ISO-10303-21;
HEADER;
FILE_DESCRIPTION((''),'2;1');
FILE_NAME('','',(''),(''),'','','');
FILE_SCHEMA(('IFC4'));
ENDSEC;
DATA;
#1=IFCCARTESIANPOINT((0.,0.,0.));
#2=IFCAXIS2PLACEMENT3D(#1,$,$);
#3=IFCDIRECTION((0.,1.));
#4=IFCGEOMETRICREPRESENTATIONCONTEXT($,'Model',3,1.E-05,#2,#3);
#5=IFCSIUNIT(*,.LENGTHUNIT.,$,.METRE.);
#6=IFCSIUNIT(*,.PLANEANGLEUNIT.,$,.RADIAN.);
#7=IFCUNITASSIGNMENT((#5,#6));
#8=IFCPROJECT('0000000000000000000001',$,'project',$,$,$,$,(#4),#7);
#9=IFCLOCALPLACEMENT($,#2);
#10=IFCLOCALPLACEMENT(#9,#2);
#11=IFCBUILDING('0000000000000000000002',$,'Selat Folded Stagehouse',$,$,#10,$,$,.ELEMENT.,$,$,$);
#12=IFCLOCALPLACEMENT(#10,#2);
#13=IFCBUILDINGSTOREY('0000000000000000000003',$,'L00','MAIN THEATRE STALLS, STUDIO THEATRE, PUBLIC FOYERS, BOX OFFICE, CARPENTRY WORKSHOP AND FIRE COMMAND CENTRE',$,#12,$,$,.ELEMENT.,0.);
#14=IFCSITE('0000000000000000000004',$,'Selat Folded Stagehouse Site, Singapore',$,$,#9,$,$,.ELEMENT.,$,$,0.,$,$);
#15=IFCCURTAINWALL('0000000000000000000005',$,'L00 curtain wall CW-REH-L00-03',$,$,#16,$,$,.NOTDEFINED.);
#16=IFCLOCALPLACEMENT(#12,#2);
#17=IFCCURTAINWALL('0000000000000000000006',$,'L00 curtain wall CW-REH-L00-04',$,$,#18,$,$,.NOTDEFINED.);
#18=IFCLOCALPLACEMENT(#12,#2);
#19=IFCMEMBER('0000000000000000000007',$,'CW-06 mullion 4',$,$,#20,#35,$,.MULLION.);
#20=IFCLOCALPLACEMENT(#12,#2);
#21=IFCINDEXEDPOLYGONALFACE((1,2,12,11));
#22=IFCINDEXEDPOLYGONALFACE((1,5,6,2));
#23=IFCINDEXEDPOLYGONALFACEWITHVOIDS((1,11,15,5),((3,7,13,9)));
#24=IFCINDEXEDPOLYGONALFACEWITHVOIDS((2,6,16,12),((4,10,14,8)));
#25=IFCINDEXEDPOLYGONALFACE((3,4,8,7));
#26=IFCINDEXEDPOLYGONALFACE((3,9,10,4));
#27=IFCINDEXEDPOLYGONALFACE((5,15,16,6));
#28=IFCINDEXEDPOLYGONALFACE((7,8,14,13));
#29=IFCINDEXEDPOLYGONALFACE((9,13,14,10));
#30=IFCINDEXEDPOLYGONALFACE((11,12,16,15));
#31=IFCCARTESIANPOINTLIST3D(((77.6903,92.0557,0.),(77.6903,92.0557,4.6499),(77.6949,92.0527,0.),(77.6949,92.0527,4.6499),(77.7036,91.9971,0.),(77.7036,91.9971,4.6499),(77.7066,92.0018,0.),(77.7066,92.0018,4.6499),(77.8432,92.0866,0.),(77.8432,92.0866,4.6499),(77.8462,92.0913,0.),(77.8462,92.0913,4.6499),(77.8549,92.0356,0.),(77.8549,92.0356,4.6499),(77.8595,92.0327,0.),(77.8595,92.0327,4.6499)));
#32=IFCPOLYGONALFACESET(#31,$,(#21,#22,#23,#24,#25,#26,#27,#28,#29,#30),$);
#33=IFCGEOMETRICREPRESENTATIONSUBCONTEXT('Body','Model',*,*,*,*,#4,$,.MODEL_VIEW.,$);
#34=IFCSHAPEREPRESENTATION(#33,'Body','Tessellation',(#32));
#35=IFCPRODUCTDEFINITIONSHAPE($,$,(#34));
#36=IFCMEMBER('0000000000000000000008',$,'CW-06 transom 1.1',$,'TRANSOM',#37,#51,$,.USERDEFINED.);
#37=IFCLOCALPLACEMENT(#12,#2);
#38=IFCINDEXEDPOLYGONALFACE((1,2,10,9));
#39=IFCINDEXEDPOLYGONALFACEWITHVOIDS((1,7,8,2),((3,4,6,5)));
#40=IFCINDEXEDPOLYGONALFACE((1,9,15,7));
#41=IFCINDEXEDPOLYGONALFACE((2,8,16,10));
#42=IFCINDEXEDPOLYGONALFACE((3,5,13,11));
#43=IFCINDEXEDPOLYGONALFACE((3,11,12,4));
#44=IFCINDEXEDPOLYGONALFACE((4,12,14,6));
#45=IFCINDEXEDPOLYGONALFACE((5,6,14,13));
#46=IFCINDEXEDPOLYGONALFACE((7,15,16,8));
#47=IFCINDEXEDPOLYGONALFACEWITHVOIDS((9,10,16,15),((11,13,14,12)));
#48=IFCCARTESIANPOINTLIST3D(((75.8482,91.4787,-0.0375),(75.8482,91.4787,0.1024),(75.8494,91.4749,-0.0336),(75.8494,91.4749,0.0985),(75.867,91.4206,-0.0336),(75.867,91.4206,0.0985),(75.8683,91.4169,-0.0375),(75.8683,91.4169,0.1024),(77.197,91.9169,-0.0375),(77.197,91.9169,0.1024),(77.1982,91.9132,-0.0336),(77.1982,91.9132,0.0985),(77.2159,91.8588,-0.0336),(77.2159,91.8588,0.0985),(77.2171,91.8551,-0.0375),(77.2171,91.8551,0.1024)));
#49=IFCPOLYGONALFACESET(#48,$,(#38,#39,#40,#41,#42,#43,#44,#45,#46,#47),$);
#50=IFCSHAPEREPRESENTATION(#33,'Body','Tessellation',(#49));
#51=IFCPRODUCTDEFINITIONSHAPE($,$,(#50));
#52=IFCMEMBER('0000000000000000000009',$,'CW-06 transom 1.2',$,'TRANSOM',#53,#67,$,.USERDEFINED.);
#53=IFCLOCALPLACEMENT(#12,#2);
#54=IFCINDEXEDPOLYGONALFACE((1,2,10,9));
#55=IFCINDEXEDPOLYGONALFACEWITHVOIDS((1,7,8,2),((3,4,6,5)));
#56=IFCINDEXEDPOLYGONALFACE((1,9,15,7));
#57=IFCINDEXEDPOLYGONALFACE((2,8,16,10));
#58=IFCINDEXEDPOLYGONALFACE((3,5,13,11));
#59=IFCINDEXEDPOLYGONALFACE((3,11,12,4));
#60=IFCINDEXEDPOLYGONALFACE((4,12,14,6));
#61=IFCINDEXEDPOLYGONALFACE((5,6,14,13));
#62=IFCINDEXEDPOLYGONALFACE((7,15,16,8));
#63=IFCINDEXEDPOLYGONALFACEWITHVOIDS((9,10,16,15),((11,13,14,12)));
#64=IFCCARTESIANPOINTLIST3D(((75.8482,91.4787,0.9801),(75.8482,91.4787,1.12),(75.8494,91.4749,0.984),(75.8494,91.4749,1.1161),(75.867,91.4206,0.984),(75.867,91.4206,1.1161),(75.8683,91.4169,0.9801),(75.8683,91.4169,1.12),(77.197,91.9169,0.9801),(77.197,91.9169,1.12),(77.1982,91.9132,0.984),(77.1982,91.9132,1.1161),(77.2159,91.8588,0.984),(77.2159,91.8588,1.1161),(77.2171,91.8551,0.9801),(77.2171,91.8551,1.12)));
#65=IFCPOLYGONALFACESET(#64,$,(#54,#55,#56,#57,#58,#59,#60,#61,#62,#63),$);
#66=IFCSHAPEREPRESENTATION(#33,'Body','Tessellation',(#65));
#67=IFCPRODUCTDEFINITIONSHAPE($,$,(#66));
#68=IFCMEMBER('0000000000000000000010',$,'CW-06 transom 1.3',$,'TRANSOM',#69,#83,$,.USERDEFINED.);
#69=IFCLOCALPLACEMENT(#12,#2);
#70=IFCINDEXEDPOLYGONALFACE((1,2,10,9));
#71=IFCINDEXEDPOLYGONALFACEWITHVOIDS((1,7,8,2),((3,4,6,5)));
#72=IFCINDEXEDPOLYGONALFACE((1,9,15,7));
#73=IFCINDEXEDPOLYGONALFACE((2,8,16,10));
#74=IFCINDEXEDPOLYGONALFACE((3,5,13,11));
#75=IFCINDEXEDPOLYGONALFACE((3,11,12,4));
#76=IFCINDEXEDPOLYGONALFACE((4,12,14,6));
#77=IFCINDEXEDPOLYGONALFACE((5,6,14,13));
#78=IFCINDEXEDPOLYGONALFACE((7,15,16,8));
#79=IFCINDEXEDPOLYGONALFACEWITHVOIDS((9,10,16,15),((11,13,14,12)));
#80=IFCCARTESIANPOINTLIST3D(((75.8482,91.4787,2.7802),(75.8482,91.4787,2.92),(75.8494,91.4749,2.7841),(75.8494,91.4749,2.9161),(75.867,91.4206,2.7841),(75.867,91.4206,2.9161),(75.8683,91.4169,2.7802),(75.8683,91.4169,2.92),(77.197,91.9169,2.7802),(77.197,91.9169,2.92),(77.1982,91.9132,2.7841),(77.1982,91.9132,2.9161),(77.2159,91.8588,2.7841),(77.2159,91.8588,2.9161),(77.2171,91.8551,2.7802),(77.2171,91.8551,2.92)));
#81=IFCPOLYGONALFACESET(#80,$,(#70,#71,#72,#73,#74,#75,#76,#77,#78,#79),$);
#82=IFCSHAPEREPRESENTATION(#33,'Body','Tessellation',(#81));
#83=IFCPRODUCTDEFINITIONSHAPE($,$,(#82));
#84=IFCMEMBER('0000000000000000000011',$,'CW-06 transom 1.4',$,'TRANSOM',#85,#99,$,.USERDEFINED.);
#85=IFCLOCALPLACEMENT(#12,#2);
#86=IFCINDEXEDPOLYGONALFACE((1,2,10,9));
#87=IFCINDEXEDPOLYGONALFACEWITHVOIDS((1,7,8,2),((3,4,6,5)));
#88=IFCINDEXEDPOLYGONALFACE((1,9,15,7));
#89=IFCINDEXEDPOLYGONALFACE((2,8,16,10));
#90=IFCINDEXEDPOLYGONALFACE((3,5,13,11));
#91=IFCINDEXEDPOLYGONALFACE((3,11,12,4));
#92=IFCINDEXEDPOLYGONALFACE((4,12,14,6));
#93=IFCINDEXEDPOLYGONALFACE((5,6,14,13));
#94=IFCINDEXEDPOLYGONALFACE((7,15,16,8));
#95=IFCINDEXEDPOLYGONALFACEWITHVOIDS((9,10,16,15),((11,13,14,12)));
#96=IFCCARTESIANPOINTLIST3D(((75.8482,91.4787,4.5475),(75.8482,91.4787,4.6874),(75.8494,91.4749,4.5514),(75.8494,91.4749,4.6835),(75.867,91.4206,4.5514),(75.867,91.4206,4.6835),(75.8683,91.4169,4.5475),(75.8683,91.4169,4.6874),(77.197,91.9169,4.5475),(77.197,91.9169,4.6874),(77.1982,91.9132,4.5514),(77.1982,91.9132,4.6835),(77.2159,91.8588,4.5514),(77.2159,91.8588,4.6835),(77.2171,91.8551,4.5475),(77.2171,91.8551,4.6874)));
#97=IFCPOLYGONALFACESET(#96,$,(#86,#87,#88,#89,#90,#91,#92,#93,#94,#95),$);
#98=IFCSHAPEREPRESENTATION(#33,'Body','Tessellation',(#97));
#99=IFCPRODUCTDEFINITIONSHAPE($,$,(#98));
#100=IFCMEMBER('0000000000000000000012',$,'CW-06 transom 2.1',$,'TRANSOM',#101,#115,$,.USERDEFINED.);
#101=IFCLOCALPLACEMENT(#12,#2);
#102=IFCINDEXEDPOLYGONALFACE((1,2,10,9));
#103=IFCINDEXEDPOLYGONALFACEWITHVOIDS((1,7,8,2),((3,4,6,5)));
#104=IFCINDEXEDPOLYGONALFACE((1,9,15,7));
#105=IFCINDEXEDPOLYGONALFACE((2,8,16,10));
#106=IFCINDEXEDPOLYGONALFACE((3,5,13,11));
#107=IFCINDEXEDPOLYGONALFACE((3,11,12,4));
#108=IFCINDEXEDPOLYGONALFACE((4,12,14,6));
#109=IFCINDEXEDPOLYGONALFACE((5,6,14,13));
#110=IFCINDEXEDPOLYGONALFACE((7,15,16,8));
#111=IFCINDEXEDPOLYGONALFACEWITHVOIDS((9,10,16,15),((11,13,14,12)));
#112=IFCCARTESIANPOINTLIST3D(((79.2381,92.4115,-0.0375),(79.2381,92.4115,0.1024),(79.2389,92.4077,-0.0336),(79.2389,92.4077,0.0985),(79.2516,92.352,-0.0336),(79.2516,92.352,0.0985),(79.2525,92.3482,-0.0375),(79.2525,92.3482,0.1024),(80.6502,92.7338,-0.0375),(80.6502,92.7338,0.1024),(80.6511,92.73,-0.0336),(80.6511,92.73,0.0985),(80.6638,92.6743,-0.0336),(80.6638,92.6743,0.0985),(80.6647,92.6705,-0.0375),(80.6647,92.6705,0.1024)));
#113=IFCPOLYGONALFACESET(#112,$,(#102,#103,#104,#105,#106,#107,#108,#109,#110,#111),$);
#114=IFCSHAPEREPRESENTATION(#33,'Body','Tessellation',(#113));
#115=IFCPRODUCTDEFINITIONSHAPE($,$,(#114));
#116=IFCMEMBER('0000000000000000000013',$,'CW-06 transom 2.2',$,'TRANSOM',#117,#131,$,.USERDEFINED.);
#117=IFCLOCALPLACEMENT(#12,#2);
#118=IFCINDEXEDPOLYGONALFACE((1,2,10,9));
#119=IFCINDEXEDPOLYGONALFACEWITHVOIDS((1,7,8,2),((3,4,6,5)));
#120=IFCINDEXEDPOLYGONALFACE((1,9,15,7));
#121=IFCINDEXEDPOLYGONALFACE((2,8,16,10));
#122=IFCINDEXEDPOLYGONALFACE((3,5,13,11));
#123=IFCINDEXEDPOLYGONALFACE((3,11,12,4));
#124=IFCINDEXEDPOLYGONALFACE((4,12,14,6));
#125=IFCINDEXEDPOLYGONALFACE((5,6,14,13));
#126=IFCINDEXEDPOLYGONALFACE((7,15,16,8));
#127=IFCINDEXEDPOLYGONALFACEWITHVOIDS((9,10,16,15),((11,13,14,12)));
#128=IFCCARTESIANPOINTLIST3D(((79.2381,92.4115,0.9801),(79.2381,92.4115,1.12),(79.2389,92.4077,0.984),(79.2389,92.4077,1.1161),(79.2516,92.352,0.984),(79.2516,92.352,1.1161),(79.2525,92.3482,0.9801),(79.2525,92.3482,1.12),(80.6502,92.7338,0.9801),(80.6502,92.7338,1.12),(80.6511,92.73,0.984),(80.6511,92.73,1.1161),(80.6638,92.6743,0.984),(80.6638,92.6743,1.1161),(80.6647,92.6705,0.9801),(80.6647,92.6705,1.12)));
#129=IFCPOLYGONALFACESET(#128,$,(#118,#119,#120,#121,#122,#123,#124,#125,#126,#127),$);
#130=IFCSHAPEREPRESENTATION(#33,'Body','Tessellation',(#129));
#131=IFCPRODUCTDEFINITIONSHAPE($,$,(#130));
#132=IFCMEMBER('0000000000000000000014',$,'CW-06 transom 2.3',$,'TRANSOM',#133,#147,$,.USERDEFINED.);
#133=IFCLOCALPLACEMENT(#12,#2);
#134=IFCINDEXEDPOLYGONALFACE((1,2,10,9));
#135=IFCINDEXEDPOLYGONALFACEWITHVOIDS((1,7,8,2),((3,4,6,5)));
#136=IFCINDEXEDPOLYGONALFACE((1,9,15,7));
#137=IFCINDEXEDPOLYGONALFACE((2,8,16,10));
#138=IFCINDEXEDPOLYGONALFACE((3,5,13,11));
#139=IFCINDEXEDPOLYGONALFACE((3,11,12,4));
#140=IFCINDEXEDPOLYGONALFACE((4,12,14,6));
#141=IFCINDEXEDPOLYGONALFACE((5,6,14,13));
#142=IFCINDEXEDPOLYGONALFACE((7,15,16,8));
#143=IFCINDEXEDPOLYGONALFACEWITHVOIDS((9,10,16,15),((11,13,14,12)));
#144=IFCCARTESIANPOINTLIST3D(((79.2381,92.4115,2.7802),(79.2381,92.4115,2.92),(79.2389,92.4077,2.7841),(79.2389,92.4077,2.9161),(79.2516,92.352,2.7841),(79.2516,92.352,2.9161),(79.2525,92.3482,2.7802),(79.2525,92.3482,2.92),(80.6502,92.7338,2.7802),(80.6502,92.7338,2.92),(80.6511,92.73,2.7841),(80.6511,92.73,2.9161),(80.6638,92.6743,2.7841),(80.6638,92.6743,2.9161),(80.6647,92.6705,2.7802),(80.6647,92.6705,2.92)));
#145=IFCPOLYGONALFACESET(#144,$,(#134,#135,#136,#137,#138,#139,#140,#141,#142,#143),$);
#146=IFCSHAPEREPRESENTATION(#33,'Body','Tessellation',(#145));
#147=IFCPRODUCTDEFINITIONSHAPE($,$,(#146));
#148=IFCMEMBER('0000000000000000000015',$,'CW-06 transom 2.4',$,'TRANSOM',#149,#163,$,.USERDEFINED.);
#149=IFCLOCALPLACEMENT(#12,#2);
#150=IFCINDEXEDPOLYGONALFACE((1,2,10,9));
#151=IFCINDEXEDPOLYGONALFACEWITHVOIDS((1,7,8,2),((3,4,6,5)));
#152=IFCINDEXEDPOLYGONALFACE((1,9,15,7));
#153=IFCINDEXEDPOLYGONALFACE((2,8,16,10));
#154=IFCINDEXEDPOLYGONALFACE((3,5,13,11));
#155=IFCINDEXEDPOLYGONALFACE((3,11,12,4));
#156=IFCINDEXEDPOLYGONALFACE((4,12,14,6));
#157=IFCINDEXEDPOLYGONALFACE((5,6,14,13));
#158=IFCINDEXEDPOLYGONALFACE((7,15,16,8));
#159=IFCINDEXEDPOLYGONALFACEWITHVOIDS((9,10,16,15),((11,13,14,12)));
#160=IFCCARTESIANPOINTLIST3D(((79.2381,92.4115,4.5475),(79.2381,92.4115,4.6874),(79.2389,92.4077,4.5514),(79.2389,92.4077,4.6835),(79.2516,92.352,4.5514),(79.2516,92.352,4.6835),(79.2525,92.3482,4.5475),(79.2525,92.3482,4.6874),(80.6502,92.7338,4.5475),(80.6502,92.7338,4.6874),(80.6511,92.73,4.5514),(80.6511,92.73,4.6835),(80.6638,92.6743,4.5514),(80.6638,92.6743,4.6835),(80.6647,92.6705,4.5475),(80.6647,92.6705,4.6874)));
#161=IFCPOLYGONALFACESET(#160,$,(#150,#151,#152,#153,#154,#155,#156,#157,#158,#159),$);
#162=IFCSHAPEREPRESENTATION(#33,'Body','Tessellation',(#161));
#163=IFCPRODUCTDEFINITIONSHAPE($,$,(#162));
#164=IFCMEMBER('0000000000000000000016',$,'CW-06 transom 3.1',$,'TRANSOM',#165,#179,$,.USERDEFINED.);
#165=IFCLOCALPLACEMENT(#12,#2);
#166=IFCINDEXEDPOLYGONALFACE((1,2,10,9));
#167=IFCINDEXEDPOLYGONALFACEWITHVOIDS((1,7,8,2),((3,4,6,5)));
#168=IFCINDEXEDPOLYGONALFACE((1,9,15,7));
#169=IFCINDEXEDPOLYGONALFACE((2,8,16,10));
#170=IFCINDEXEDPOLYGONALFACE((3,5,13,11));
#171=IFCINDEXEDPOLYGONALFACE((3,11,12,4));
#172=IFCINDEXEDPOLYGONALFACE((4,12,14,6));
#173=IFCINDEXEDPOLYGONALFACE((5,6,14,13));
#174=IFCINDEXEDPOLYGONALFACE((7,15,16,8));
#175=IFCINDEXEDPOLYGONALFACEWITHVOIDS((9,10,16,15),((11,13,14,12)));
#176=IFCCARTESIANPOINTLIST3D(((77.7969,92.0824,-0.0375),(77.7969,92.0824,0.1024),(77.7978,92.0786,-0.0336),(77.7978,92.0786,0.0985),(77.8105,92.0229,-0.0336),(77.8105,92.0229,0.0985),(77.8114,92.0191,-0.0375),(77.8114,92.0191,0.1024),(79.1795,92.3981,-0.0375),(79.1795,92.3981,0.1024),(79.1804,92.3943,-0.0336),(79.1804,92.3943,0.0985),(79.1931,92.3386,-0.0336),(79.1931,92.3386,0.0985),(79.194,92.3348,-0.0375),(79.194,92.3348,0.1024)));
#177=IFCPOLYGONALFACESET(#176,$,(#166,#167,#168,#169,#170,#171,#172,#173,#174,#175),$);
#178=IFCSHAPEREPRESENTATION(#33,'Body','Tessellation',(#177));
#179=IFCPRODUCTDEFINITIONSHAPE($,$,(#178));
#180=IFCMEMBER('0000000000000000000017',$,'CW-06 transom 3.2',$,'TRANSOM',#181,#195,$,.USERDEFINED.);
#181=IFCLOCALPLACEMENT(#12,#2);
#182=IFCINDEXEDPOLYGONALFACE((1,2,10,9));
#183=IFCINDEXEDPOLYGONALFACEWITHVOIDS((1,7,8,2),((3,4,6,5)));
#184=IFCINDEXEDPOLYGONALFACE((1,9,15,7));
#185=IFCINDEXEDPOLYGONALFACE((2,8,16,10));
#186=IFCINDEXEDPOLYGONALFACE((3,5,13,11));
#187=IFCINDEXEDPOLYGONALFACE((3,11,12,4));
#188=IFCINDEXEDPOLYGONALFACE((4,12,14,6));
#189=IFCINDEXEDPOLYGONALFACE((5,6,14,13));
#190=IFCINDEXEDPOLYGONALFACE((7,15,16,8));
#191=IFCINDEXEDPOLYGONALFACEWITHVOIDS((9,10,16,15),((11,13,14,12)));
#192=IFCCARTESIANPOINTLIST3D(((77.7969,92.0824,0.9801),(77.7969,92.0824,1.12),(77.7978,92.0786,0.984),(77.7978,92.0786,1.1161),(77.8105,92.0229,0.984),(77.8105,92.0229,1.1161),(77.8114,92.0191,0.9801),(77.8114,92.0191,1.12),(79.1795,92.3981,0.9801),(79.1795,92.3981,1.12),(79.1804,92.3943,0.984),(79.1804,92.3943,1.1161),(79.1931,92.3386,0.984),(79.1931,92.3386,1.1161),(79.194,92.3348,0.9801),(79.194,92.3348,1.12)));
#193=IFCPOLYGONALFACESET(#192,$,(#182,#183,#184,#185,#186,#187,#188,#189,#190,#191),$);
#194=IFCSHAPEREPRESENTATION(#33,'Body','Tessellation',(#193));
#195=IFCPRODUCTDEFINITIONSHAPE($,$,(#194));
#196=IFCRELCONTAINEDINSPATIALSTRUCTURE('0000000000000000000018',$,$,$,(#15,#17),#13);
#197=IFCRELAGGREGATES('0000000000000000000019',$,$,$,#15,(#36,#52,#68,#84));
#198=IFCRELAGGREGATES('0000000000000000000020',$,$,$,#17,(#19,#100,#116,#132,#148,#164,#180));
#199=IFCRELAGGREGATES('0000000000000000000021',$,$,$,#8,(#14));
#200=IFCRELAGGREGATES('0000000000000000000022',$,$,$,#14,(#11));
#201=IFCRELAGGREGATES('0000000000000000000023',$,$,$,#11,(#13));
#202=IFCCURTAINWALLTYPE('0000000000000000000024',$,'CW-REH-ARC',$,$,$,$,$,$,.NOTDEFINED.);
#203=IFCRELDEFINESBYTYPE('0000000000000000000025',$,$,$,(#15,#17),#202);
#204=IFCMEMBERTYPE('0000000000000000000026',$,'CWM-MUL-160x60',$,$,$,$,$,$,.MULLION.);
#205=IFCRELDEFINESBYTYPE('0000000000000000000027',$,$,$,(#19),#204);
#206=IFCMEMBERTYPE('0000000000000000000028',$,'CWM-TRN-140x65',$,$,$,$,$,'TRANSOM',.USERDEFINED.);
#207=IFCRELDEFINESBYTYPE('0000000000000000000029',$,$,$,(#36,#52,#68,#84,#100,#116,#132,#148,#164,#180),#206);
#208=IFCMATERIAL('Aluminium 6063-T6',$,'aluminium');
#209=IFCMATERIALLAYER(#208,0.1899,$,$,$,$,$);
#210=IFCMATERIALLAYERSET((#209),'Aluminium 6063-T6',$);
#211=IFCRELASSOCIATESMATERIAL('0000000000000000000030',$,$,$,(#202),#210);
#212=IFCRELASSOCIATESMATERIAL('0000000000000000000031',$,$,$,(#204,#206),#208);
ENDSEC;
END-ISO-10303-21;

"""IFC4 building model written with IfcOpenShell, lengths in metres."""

from ifc_helpers import new_model, si_unit, direction, frame, origin, origin_2d, place, context, subcontext, project, spatial, hollow_rectangle, extrude, material, layer, layer_set, material_profile, profile_set, type_object, element, aggregate, save


model = new_model("IFC4")

# Units and contexts
model_context = context("Model", 3, precision=1e-05, world=origin(), true_north=direction((0.0, 1.0)))
body_context = subcontext(model_context, "Body", "Model", "MODEL_VIEW")
ifc_project = project(units=[si_unit("LENGTHUNIT", "METRE"), si_unit("PLANEANGLEUNIT", "RADIAN")], contexts=[model_context])

# Site, building, storey
site_placement = place(None, origin())
site = spatial("IfcSite", under=ifc_project, at=site_placement, Name="Selat Folded Stagehouse Site, Singapore", CompositionType="ELEMENT", RefElevation=0.0)
building_placement = place(site_placement, origin())
building = spatial("IfcBuilding", under=site, at=building_placement, Name="Selat Folded Stagehouse", CompositionType="ELEMENT")
storey_placement = place(building_placement, origin())
storey = spatial("IfcBuildingStorey", under=building, at=storey_placement, Name="L00", Description="MAIN THEATRE STALLS, STUDIO THEATRE, PUBLIC FOYERS, BOX OFFICE, CARPENTRY WORKSHOP AND FIRE COMMAND CENTRE", CompositionType="ELEMENT", Elevation=0.0)

# Curtain wall
ifc_material_1 = material(Name="Aluminium 6063-T6", Category="aluminium")
ifc_layer_1 = layer(ifc_material_1, 0.1899)
ifc_layer_set_1 = layer_set([ifc_layer_1], Name="Aluminium 6063-T6")
curtain_wall_type = type_object("IfcCurtainWallType", Name="CW-REH-ARC", PredefinedType="NOTDEFINED", material=ifc_layer_set_1)
curtain_wall_1_placement = place(storey_placement, origin())
curtain_wall_1 = element("IfcCurtainWall", 1, at=curtain_wall_1_placement, inside=storey, type_object=curtain_wall_type, Name="L00 curtain wall CW-REH-L00-03", PredefinedType="NOTDEFINED")
ifc_material_profile_1 = material_profile(ifc_material_1, hollow_rectangle(XDim=0.0601, YDim=0.1599, WallThickness=0.0039, at=origin_2d()), Name="ALU 160x60x4.0")
ifc_profile_set_1 = profile_set([ifc_material_profile_1], Name="Aluminium 6063-T6")
member_type_1 = type_object("IfcMemberType", Name="CWM-MUL-160x60", PredefinedType="MULLION", material=ifc_profile_set_1)

# Curtain wall, member
curtain_wall_2_placement = place(storey_placement, origin())
curtain_wall_2 = element("IfcCurtainWall", 2, at=curtain_wall_2_placement, inside=storey, type_object=curtain_wall_type, Name="L00 curtain wall CW-REH-L00-04", PredefinedType="NOTDEFINED")
member_1_placement = place(storey_placement, frame((77.7749, 92.0442, 0.0), z_axis=(0.0, 0.0, 1.0), x_axis=(0.222543, -0.974923, 0.0)))
member_1 = element("IfcMember", 3, at=member_1_placement, type_object=member_type_1, Name="CW-06 mullion 4", PredefinedType="MULLION", context=body_context, shape_type="SweptSolid", body=[
    extrude(hollow_rectangle(XDim=0.0601, YDim=0.1599, WallThickness=0.0039, at=origin_2d()), origin(), (0.0, 0.0, 1.0), 4.6499),
])

# Members
ifc_material_profile_2 = material_profile(ifc_material_1, hollow_rectangle(XDim=0.0649, YDim=0.1399, WallThickness=0.0039, at=origin_2d()), Name="ALU 140x65x4.0")
ifc_profile_set_2 = profile_set([ifc_material_profile_2], Name="Aluminium 6063-T6")
member_type_2 = type_object("IfcMemberType", Name="CWM-TRN-140x65", ElementType="TRANSOM", PredefinedType="USERDEFINED", material=ifc_profile_set_2)
member_2_placement = place(storey_placement, frame((77.207, 91.886, 0.0325), z_axis=(-0.951066, -0.308989, 0.0), x_axis=(0.308989, -0.951066, 0.0)))
member_2 = element("IfcMember", 4, at=member_2_placement, type_object=member_type_2, Name="CW-06 transom 1.1", ObjectType="TRANSOM", PredefinedType="USERDEFINED", context=body_context, shape_type="SweptSolid", body=[
    extrude(hollow_rectangle(XDim=0.0649, YDim=0.1399, WallThickness=0.0039, at=origin_2d()), origin(), (0.0, 0.0, 1.0), 1.4182),
])
member_3_placement = place(storey_placement, frame((77.207, 91.886, 1.05), z_axis=(-0.951066, -0.308989, 0.0), x_axis=(0.308989, -0.951066, 0.0)))
member_3 = element("IfcMember", 5, at=member_3_placement, type_object=member_type_2, Name="CW-06 transom 1.2", ObjectType="TRANSOM", PredefinedType="USERDEFINED", context=body_context, shape_type="SweptSolid", body=[
    extrude(hollow_rectangle(XDim=0.0649, YDim=0.1399, WallThickness=0.0039, at=origin_2d()), origin(), (0.0, 0.0, 1.0), 1.4182),
])
member_4_placement = place(storey_placement, frame((77.207, 91.886, 2.8501), z_axis=(-0.951066, -0.308989, 0.0), x_axis=(0.308989, -0.951066, 0.0)))
member_4 = element("IfcMember", 6, at=member_4_placement, type_object=member_type_2, Name="CW-06 transom 1.3", ObjectType="TRANSOM", PredefinedType="USERDEFINED", context=body_context, shape_type="SweptSolid", body=[
    extrude(hollow_rectangle(XDim=0.0649, YDim=0.1399, WallThickness=0.0039, at=origin_2d()), origin(), (0.0, 0.0, 1.0), 1.4182),
])
member_5_placement = place(storey_placement, frame((77.207, 91.886, 4.6174), z_axis=(-0.951066, -0.308989, 0.0), x_axis=(0.308989, -0.951066, 0.0)))
member_5 = element("IfcMember", 7, at=member_5_placement, type_object=member_type_2, Name="CW-06 transom 1.4", ObjectType="TRANSOM", PredefinedType="USERDEFINED", context=body_context, shape_type="SweptSolid", body=[
    extrude(hollow_rectangle(XDim=0.0649, YDim=0.1399, WallThickness=0.0039, at=origin_2d()), origin(), (0.0, 0.0, 1.0), 1.4182),
])
aggregate(curtain_wall_1, [member_2, member_3, member_4, member_5])
member_6_placement = place(storey_placement, frame((80.6575, 92.7021, 0.0325), z_axis=(-0.974934, -0.222495, 0.0), x_axis=(0.222495, -0.974934, 0.0)))
member_6 = element("IfcMember", 8, at=member_6_placement, type_object=member_type_2, Name="CW-06 transom 2.1", ObjectType="TRANSOM", PredefinedType="USERDEFINED", context=body_context, shape_type="SweptSolid", body=[
    extrude(hollow_rectangle(XDim=0.0649, YDim=0.1399, WallThickness=0.0039, at=origin_2d()), origin(), (0.0, 0.0, 1.0), 1.4485),
])
member_7_placement = place(storey_placement, frame((80.6575, 92.7021, 1.05), z_axis=(-0.974934, -0.222495, 0.0), x_axis=(0.222495, -0.974934, 0.0)))
member_7 = element("IfcMember", 9, at=member_7_placement, type_object=member_type_2, Name="CW-06 transom 2.2", ObjectType="TRANSOM", PredefinedType="USERDEFINED", context=body_context, shape_type="SweptSolid", body=[
    extrude(hollow_rectangle(XDim=0.0649, YDim=0.1399, WallThickness=0.0039, at=origin_2d()), origin(), (0.0, 0.0, 1.0), 1.4485),
])
member_8_placement = place(storey_placement, frame((80.6575, 92.7021, 2.8501), z_axis=(-0.974934, -0.222495, 0.0), x_axis=(0.222495, -0.974934, 0.0)))
member_8 = element("IfcMember", 10, at=member_8_placement, type_object=member_type_2, Name="CW-06 transom 2.3", ObjectType="TRANSOM", PredefinedType="USERDEFINED", context=body_context, shape_type="SweptSolid", body=[
    extrude(hollow_rectangle(XDim=0.0649, YDim=0.1399, WallThickness=0.0039, at=origin_2d()), origin(), (0.0, 0.0, 1.0), 1.4485),
])
member_9_placement = place(storey_placement, frame((80.6575, 92.7021, 4.6174), z_axis=(-0.974934, -0.222495, 0.0), x_axis=(0.222495, -0.974934, 0.0)))
member_9 = element("IfcMember", 11, at=member_9_placement, type_object=member_type_2, Name="CW-06 transom 2.4", ObjectType="TRANSOM", PredefinedType="USERDEFINED", context=body_context, shape_type="SweptSolid", body=[
    extrude(hollow_rectangle(XDim=0.0649, YDim=0.1399, WallThickness=0.0039, at=origin_2d()), origin(), (0.0, 0.0, 1.0), 1.4485),
])
member_10_placement = place(storey_placement, frame((79.1868, 92.3665, 0.0325), z_axis=(-0.974911, -0.222596, 0.0), x_axis=(0.222596, -0.974911, 0.0)))
member_10 = element("IfcMember", 12, at=member_10_placement, type_object=member_type_2, Name="CW-06 transom 3.1", ObjectType="TRANSOM", PredefinedType="USERDEFINED", context=body_context, shape_type="SweptSolid", body=[
    extrude(hollow_rectangle(XDim=0.0649, YDim=0.1399, WallThickness=0.0039, at=origin_2d()), origin(), (0.0, 0.0, 1.0), 1.4182),
])
member_11_placement = place(storey_placement, frame((79.1868, 92.3665, 1.05), z_axis=(-0.974911, -0.222596, 0.0), x_axis=(0.222596, -0.974911, 0.0)))
member_11 = element("IfcMember", 13, at=member_11_placement, type_object=member_type_2, Name="CW-06 transom 3.2", ObjectType="TRANSOM", PredefinedType="USERDEFINED", context=body_context, shape_type="SweptSolid", body=[
    extrude(hollow_rectangle(XDim=0.0649, YDim=0.1399, WallThickness=0.0039, at=origin_2d()), origin(), (0.0, 0.0, 1.0), 1.4182),
])

aggregate(curtain_wall_2, [member_1, member_6, member_7, member_8, member_9, member_10, member_11])

save(model, "model.ifc")
